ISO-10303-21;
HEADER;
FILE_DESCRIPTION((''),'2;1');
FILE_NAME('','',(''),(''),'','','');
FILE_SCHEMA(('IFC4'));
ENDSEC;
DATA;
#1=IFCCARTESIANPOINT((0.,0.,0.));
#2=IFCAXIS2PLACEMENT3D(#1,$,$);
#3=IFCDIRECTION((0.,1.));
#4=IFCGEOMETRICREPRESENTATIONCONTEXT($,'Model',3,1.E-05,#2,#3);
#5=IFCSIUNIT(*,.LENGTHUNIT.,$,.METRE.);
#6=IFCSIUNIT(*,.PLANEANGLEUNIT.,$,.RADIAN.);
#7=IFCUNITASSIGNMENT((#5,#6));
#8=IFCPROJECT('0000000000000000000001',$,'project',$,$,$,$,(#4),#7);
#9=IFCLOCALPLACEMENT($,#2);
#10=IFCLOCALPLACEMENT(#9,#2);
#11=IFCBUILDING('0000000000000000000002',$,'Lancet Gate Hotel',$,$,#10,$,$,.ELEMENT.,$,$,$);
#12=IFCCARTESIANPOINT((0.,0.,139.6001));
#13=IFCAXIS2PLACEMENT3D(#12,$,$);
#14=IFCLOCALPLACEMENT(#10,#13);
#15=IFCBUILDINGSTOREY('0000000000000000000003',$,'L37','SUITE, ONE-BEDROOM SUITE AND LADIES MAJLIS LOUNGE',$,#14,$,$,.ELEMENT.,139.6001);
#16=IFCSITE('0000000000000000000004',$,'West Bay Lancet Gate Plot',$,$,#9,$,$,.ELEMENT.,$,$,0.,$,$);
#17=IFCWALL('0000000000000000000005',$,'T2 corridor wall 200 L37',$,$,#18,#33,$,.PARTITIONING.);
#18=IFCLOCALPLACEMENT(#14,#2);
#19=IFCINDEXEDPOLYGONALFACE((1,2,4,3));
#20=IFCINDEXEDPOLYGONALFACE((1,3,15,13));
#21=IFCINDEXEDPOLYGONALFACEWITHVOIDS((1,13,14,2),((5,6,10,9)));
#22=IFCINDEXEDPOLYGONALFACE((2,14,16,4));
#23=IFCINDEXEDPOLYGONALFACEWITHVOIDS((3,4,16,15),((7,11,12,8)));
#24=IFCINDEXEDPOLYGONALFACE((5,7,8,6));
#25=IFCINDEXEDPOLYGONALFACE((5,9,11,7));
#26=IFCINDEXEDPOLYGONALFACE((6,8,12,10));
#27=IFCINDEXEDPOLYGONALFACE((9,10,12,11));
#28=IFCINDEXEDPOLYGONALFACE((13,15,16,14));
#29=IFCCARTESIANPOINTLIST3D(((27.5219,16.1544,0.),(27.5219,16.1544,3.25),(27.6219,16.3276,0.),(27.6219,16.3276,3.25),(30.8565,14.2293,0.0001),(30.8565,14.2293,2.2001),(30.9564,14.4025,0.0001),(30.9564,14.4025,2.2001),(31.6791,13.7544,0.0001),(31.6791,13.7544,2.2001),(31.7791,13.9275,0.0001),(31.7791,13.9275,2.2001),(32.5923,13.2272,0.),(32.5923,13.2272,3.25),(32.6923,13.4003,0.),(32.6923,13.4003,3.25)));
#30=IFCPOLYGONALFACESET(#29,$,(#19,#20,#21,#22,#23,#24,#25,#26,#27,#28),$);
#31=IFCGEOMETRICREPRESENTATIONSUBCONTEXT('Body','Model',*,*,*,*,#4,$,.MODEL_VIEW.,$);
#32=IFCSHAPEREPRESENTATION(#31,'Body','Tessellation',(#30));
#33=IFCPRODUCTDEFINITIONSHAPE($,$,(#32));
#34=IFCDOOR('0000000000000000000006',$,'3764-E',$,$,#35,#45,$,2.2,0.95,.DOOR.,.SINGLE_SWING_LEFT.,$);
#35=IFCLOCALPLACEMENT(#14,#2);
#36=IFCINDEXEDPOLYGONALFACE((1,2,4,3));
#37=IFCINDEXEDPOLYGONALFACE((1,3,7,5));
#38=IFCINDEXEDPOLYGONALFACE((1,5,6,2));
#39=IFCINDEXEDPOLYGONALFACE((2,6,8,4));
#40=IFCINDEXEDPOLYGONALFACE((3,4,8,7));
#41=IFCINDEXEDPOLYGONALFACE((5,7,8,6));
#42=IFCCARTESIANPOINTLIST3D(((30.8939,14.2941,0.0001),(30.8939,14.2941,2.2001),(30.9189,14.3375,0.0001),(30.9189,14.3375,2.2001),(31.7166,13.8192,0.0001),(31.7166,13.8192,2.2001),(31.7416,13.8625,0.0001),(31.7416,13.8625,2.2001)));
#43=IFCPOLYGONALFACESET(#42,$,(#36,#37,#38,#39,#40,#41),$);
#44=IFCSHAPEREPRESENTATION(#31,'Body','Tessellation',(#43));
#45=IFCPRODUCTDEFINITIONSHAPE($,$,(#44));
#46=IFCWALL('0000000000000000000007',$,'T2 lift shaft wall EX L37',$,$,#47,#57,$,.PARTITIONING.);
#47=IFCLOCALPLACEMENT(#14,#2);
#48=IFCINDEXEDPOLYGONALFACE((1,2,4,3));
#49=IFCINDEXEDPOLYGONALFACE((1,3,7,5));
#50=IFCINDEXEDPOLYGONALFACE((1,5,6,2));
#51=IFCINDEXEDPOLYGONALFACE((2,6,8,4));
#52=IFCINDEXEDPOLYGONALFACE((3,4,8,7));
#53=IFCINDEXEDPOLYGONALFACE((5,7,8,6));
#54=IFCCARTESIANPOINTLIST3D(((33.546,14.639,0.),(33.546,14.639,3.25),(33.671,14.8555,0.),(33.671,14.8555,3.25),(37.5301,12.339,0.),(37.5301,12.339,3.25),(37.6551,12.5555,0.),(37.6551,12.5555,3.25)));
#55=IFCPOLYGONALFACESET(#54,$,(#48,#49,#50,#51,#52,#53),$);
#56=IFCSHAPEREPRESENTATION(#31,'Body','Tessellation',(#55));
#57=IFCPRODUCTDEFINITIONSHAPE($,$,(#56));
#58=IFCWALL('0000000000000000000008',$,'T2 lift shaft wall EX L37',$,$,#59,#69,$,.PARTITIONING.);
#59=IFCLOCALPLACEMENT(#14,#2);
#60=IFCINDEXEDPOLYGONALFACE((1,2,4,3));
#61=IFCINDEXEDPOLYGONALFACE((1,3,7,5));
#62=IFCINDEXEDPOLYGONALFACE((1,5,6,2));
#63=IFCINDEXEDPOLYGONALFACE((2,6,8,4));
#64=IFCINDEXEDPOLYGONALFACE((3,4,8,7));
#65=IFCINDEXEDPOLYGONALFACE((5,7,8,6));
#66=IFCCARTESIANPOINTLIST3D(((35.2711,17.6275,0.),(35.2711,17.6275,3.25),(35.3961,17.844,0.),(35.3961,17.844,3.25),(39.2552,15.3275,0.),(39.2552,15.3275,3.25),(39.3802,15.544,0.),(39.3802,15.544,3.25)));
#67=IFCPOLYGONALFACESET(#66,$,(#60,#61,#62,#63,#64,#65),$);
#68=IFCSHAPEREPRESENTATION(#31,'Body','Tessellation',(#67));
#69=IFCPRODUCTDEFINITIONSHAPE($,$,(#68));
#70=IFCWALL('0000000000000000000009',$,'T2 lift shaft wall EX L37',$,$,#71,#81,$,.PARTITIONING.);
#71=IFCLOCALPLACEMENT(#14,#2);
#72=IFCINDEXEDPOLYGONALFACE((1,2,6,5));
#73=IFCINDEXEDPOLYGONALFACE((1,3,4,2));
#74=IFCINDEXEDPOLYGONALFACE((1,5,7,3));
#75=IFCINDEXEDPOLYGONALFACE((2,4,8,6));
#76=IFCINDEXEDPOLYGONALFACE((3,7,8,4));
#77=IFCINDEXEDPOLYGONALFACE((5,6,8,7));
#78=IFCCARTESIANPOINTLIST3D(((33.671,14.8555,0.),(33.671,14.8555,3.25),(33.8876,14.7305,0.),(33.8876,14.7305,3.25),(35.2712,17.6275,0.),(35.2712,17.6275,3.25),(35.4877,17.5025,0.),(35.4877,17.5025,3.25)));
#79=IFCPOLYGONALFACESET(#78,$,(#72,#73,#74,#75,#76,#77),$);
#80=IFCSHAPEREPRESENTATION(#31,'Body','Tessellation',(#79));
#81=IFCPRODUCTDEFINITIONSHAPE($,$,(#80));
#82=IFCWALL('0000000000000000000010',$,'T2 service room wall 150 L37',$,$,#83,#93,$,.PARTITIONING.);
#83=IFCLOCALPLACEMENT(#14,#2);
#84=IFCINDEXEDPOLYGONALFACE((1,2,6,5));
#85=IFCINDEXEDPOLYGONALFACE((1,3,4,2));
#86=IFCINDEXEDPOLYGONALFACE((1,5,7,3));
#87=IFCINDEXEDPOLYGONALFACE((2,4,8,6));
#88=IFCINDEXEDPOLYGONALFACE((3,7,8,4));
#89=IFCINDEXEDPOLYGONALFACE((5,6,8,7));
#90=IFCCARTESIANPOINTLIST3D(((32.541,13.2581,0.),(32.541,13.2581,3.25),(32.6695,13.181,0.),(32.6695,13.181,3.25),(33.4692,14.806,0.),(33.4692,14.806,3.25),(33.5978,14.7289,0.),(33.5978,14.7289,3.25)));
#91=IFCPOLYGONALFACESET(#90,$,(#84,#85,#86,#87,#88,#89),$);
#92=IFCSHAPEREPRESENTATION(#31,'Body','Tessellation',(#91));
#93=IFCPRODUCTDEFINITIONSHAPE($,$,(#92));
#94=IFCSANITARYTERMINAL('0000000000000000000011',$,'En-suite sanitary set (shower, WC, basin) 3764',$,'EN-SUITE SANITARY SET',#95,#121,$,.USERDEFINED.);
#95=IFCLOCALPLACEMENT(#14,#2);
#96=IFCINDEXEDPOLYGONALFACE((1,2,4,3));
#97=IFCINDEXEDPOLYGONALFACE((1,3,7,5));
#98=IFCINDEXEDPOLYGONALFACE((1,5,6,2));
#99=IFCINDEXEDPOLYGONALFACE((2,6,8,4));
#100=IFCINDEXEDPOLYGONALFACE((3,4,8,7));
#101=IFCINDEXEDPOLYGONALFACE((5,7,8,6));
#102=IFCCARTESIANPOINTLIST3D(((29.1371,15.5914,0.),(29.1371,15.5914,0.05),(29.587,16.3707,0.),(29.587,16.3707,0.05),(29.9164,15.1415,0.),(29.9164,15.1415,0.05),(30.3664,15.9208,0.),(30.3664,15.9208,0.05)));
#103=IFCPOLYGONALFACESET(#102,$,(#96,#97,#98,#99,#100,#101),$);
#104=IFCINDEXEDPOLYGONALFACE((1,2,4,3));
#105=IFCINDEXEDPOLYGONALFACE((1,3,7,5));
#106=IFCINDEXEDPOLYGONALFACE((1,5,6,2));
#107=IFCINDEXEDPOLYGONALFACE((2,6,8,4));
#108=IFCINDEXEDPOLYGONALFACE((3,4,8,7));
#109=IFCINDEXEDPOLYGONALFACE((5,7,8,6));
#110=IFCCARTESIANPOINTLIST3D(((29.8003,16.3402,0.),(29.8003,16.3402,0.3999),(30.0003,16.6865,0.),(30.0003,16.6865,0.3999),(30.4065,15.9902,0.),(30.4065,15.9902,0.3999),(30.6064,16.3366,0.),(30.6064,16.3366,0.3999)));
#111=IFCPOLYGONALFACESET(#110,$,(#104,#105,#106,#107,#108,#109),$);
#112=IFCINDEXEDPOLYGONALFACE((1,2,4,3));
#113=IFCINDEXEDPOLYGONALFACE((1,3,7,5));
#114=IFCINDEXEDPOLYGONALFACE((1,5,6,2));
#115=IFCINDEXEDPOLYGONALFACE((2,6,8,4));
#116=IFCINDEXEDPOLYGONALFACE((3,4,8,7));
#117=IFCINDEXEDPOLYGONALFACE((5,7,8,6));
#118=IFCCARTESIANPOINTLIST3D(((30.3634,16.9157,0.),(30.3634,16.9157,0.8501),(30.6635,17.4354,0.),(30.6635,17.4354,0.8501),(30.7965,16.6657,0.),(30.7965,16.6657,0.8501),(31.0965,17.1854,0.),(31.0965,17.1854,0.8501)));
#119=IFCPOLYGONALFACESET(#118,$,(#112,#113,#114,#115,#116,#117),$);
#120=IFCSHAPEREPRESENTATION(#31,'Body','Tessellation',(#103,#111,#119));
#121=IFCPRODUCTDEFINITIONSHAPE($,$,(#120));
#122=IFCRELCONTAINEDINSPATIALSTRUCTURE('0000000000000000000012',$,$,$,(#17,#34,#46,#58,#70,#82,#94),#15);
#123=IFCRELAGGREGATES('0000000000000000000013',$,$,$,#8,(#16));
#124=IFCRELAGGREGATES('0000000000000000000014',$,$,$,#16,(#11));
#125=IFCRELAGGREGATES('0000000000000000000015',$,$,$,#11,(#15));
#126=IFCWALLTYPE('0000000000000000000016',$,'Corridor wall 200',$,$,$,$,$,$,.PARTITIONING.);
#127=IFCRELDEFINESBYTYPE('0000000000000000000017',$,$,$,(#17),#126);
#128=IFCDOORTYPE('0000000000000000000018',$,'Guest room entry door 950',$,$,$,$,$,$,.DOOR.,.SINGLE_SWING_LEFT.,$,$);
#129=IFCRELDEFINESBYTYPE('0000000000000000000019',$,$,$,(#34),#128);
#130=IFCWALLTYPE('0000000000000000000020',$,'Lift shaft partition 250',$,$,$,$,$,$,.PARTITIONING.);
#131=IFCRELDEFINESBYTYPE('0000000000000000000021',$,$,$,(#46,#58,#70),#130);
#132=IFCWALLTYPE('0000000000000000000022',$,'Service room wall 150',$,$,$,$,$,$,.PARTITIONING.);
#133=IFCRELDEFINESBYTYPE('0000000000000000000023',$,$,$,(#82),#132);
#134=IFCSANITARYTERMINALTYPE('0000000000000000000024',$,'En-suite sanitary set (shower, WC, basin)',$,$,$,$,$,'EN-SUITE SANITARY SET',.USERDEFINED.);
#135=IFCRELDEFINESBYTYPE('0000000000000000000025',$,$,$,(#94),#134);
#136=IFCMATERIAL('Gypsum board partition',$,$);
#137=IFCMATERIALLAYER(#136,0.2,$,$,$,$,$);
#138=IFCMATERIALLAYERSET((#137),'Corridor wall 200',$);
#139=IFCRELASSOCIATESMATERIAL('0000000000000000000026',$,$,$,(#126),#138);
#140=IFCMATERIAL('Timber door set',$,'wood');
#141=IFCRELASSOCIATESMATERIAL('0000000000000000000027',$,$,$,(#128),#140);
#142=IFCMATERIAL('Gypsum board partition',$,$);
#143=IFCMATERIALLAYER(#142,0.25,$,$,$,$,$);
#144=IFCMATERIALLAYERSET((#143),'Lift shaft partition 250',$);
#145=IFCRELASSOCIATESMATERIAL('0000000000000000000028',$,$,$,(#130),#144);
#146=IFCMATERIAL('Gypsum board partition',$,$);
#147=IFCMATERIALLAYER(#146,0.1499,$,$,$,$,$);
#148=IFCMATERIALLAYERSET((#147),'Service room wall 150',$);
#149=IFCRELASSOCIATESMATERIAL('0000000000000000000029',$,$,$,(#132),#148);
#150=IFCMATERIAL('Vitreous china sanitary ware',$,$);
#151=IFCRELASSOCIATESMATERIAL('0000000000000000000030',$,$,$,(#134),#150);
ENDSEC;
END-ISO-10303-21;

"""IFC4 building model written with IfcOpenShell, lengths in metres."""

from ifc_helpers import new_model, si_unit, direction, frame, frame_2d, origin, origin_2d, place, context, subcontext, project, spatial, rectangle, extrude, material, layer, layer_set, type_object, element, fill, save


model = new_model("IFC4")

# Units and contexts
model_context = context("Model", 3, precision=1e-05, world=origin(), true_north=direction((0.0, 1.0)))
body_context = subcontext(model_context, "Body", "Model", "MODEL_VIEW")
ifc_project = project(units=[si_unit("LENGTHUNIT", "METRE"), si_unit("PLANEANGLEUNIT", "RADIAN")], contexts=[model_context])

# Site, building, storey
site_placement = place(None, origin())
site = spatial("IfcSite", under=ifc_project, at=site_placement, Name="West Bay Lancet Gate Plot", CompositionType="ELEMENT", RefElevation=0.0)
building_placement = place(site_placement, origin())
building = spatial("IfcBuilding", under=site, at=building_placement, Name="Lancet Gate Hotel", CompositionType="ELEMENT")
storey_placement = place(building_placement, frame((0.0, 0.0, 139.6001)))
storey = spatial("IfcBuildingStorey", under=building, at=storey_placement, Name="L37", Description="SUITE, ONE-BEDROOM SUITE AND LADIES MAJLIS LOUNGE", CompositionType="ELEMENT", Elevation=139.6001)

# Wall, opening, door
ifc_material_1 = material(Name="Gypsum board partition")
ifc_layer_1 = layer(ifc_material_1, 0.2)
ifc_layer_set_1 = layer_set([ifc_layer_1], Name="Corridor wall 200")
wall_type_1 = type_object("IfcWallType", Name="Corridor wall 200", PredefinedType="PARTITIONING", material=ifc_layer_set_1)
wall_1_placement = place(storey_placement, frame((27.572, 16.241, 0.0), z_axis=(0.0, 0.0, 1.0), x_axis=(0.866033, -0.499987, 0.0)))
wall_1 = element("IfcWall", 1, at=wall_1_placement, inside=storey, type_object=wall_type_1, Name="T2 corridor wall 200 L37", PredefinedType="PARTITIONING", context=body_context, shape_type="SweptSolid", body=[
    extrude(rectangle(XDim=5.8547, YDim=0.2, at=frame_2d((2.9272, 0.0))), origin(), (0.0, 0.0, 1.0), 3.25),
])
opening_1_placement = place(wall_1_placement, frame((3.8501, 0.0, 0.0)))
opening_1 = element("IfcOpeningElement", 2, at=opening_1_placement, cuts=wall_1, PredefinedType="OPENING", context=body_context, shape_type="SweptSolid", body=[
    extrude(rectangle(XDim=0.95, YDim=2.2, at=frame_2d((0.4751, 1.1001))), frame((0.0, 0.1099, 0.0), z_axis=(0.0, -1.0, 0.0), x_axis=(1.0, 0.0, 0.0)), (0.0, 0.0, 1.0), 0.22),
])
ifc_material_2 = material(Name="Timber door set", Category="wood")
door_type_1 = type_object("IfcDoorType", Name="Guest room entry door 950", OperationType="SINGLE_SWING_LEFT", PredefinedType="DOOR", material=ifc_material_2)
door_1_placement = place(opening_1_placement, origin())
door_1 = element("IfcDoor", 3, at=door_1_placement, inside=storey, type_object=door_type_1, Name="3764-E", OperationType="SINGLE_SWING_LEFT", OverallHeight=2.2, OverallWidth=0.95, PredefinedType="DOOR", context=body_context, shape_type="SweptSolid", body=[
    extrude(rectangle(XDim=0.95, YDim=2.2, at=frame_2d((0.4751, 1.1001))), frame((0.0, 0.0249, 0.0), z_axis=(0.0, -1.0, 0.0), x_axis=(1.0, 0.0, 0.0)), (0.0, 0.0, 1.0), 0.05),
])
fill(opening_1, door_1)

# Walls
ifc_material_3 = material(Name="Gypsum board partition")
ifc_layer_2 = layer(ifc_material_3, 0.25)
ifc_layer_set_2 = layer_set([ifc_layer_2], Name="Lift shaft partition 250")
wall_type_2 = type_object("IfcWallType", Name="Lift shaft partition 250", PredefinedType="PARTITIONING", material=ifc_layer_set_2)
for number, where, z_axis, x_axis, name in (
    (4, (33.6084, 14.7473, 0.0), (0.0, 0.0, 1.0), (0.866043, -0.499969, 0.0), "T2 lift shaft wall EX L37"),
    (5, (35.3335, 17.7358, 0.0), (0.0, 0.0, 1.0), (0.866043, -0.499969, 0.0), "T2 lift shaft wall EX L37"),
):
    element("IfcWall", number, at=place(storey_placement, frame(where, z_axis=z_axis, x_axis=x_axis)), inside=storey, type_object=wall_type_2, Name=name, PredefinedType="PARTITIONING", context=body_context, shape_type="SweptSolid", body=[
        extrude(rectangle(XDim=4.6003, YDim=0.25, at=frame_2d((2.3003, 0.0))), origin(), (0.0, 0.0, 1.0), 3.25),
    ])
wall_2_placement = place(storey_placement, frame((33.7793, 14.793, 0.0), z_axis=(0.0, 0.0, 1.0), x_axis=(0.499929, 0.866066, 0.0)))
element("IfcWall", 6, at=wall_2_placement, inside=storey, type_object=wall_type_2, Name="T2 lift shaft wall EX L37", PredefinedType="PARTITIONING", context=body_context, shape_type="SweptSolid", body=[
    extrude(rectangle(XDim=3.2007, YDim=0.25, at=frame_2d((1.6003, 0.0))), origin(), (0.0, 0.0, 1.0), 3.25),
])
ifc_material_4 = material(Name="Gypsum board partition")
ifc_layer_3 = layer(ifc_material_4, 0.1499)
ifc_layer_set_3 = layer_set([ifc_layer_3], Name="Service room wall 150")
wall_type_3 = type_object("IfcWallType", Name="Service room wall 150", PredefinedType="PARTITIONING", material=ifc_layer_set_3)
wall_3_placement = place(storey_placement, frame((33.5334, 14.7673, 0.0), z_axis=(0.0, 0.0, 1.0), x_axis=(-0.514297, -0.857612, 0.0)))
element("IfcWall", 7, at=wall_3_placement, inside=storey, type_object=wall_type_3, Name="T2 service room wall 150 L37", PredefinedType="PARTITIONING", context=body_context, shape_type="SweptSolid", body=[
    extrude(rectangle(XDim=1.8049, YDim=0.1499, at=frame_2d((0.9023, 0.0))), origin(), (0.0, 0.0, 1.0), 3.25),
])

# Sanitary terminal
ifc_material_5 = material(Name="Vitreous china sanitary ware")
sanitary_terminal_type = type_object("IfcSanitaryTerminalType", Name="En-suite sanitary set (shower, WC, basin)", ElementType="EN-SUITE SANITARY SET", PredefinedType="USERDEFINED", material=ifc_material_5)
sanitary_terminal_placement = place(storey_placement, frame((29.7517, 15.7561, 0.0), z_axis=(0.0, 0.0, 1.0), x_axis=(1.0, 0.0, 0.0)))
element("IfcSanitaryTerminal", 8, at=sanitary_terminal_placement, inside=storey, type_object=sanitary_terminal_type, Name="En-suite sanitary set (shower, WC, basin) 3764", ObjectType="EN-SUITE SANITARY SET", PredefinedType="USERDEFINED", context=body_context, shape_type="SweptSolid", body=[
    extrude(rectangle(XDim=0.8999, YDim=0.8999, at=origin_2d()), frame((0.0, 0.0, 0.0), z_axis=(0.0, 0.0, 1.0), x_axis=(-0.5, -0.866025, 0.0)), (0.0, 0.0, 1.0), 0.05),
    extrude(rectangle(XDim=0.3999, YDim=0.7, at=origin_2d()), frame((0.4517, 0.5823, 0.0), z_axis=(0.0, 0.0, 1.0), x_axis=(-0.5, -0.866025, 0.0)), (0.0, 0.0, 1.0), 0.3999),
    extrude(rectangle(XDim=0.6001, YDim=0.5, at=origin_2d()), frame((0.9783, 1.2944, 0.0), z_axis=(0.0, 0.0, 1.0), x_axis=(-0.5, -0.866025, 0.0)), (0.0, 0.0, 1.0), 0.8501),
])

save(model, "model.ifc")
